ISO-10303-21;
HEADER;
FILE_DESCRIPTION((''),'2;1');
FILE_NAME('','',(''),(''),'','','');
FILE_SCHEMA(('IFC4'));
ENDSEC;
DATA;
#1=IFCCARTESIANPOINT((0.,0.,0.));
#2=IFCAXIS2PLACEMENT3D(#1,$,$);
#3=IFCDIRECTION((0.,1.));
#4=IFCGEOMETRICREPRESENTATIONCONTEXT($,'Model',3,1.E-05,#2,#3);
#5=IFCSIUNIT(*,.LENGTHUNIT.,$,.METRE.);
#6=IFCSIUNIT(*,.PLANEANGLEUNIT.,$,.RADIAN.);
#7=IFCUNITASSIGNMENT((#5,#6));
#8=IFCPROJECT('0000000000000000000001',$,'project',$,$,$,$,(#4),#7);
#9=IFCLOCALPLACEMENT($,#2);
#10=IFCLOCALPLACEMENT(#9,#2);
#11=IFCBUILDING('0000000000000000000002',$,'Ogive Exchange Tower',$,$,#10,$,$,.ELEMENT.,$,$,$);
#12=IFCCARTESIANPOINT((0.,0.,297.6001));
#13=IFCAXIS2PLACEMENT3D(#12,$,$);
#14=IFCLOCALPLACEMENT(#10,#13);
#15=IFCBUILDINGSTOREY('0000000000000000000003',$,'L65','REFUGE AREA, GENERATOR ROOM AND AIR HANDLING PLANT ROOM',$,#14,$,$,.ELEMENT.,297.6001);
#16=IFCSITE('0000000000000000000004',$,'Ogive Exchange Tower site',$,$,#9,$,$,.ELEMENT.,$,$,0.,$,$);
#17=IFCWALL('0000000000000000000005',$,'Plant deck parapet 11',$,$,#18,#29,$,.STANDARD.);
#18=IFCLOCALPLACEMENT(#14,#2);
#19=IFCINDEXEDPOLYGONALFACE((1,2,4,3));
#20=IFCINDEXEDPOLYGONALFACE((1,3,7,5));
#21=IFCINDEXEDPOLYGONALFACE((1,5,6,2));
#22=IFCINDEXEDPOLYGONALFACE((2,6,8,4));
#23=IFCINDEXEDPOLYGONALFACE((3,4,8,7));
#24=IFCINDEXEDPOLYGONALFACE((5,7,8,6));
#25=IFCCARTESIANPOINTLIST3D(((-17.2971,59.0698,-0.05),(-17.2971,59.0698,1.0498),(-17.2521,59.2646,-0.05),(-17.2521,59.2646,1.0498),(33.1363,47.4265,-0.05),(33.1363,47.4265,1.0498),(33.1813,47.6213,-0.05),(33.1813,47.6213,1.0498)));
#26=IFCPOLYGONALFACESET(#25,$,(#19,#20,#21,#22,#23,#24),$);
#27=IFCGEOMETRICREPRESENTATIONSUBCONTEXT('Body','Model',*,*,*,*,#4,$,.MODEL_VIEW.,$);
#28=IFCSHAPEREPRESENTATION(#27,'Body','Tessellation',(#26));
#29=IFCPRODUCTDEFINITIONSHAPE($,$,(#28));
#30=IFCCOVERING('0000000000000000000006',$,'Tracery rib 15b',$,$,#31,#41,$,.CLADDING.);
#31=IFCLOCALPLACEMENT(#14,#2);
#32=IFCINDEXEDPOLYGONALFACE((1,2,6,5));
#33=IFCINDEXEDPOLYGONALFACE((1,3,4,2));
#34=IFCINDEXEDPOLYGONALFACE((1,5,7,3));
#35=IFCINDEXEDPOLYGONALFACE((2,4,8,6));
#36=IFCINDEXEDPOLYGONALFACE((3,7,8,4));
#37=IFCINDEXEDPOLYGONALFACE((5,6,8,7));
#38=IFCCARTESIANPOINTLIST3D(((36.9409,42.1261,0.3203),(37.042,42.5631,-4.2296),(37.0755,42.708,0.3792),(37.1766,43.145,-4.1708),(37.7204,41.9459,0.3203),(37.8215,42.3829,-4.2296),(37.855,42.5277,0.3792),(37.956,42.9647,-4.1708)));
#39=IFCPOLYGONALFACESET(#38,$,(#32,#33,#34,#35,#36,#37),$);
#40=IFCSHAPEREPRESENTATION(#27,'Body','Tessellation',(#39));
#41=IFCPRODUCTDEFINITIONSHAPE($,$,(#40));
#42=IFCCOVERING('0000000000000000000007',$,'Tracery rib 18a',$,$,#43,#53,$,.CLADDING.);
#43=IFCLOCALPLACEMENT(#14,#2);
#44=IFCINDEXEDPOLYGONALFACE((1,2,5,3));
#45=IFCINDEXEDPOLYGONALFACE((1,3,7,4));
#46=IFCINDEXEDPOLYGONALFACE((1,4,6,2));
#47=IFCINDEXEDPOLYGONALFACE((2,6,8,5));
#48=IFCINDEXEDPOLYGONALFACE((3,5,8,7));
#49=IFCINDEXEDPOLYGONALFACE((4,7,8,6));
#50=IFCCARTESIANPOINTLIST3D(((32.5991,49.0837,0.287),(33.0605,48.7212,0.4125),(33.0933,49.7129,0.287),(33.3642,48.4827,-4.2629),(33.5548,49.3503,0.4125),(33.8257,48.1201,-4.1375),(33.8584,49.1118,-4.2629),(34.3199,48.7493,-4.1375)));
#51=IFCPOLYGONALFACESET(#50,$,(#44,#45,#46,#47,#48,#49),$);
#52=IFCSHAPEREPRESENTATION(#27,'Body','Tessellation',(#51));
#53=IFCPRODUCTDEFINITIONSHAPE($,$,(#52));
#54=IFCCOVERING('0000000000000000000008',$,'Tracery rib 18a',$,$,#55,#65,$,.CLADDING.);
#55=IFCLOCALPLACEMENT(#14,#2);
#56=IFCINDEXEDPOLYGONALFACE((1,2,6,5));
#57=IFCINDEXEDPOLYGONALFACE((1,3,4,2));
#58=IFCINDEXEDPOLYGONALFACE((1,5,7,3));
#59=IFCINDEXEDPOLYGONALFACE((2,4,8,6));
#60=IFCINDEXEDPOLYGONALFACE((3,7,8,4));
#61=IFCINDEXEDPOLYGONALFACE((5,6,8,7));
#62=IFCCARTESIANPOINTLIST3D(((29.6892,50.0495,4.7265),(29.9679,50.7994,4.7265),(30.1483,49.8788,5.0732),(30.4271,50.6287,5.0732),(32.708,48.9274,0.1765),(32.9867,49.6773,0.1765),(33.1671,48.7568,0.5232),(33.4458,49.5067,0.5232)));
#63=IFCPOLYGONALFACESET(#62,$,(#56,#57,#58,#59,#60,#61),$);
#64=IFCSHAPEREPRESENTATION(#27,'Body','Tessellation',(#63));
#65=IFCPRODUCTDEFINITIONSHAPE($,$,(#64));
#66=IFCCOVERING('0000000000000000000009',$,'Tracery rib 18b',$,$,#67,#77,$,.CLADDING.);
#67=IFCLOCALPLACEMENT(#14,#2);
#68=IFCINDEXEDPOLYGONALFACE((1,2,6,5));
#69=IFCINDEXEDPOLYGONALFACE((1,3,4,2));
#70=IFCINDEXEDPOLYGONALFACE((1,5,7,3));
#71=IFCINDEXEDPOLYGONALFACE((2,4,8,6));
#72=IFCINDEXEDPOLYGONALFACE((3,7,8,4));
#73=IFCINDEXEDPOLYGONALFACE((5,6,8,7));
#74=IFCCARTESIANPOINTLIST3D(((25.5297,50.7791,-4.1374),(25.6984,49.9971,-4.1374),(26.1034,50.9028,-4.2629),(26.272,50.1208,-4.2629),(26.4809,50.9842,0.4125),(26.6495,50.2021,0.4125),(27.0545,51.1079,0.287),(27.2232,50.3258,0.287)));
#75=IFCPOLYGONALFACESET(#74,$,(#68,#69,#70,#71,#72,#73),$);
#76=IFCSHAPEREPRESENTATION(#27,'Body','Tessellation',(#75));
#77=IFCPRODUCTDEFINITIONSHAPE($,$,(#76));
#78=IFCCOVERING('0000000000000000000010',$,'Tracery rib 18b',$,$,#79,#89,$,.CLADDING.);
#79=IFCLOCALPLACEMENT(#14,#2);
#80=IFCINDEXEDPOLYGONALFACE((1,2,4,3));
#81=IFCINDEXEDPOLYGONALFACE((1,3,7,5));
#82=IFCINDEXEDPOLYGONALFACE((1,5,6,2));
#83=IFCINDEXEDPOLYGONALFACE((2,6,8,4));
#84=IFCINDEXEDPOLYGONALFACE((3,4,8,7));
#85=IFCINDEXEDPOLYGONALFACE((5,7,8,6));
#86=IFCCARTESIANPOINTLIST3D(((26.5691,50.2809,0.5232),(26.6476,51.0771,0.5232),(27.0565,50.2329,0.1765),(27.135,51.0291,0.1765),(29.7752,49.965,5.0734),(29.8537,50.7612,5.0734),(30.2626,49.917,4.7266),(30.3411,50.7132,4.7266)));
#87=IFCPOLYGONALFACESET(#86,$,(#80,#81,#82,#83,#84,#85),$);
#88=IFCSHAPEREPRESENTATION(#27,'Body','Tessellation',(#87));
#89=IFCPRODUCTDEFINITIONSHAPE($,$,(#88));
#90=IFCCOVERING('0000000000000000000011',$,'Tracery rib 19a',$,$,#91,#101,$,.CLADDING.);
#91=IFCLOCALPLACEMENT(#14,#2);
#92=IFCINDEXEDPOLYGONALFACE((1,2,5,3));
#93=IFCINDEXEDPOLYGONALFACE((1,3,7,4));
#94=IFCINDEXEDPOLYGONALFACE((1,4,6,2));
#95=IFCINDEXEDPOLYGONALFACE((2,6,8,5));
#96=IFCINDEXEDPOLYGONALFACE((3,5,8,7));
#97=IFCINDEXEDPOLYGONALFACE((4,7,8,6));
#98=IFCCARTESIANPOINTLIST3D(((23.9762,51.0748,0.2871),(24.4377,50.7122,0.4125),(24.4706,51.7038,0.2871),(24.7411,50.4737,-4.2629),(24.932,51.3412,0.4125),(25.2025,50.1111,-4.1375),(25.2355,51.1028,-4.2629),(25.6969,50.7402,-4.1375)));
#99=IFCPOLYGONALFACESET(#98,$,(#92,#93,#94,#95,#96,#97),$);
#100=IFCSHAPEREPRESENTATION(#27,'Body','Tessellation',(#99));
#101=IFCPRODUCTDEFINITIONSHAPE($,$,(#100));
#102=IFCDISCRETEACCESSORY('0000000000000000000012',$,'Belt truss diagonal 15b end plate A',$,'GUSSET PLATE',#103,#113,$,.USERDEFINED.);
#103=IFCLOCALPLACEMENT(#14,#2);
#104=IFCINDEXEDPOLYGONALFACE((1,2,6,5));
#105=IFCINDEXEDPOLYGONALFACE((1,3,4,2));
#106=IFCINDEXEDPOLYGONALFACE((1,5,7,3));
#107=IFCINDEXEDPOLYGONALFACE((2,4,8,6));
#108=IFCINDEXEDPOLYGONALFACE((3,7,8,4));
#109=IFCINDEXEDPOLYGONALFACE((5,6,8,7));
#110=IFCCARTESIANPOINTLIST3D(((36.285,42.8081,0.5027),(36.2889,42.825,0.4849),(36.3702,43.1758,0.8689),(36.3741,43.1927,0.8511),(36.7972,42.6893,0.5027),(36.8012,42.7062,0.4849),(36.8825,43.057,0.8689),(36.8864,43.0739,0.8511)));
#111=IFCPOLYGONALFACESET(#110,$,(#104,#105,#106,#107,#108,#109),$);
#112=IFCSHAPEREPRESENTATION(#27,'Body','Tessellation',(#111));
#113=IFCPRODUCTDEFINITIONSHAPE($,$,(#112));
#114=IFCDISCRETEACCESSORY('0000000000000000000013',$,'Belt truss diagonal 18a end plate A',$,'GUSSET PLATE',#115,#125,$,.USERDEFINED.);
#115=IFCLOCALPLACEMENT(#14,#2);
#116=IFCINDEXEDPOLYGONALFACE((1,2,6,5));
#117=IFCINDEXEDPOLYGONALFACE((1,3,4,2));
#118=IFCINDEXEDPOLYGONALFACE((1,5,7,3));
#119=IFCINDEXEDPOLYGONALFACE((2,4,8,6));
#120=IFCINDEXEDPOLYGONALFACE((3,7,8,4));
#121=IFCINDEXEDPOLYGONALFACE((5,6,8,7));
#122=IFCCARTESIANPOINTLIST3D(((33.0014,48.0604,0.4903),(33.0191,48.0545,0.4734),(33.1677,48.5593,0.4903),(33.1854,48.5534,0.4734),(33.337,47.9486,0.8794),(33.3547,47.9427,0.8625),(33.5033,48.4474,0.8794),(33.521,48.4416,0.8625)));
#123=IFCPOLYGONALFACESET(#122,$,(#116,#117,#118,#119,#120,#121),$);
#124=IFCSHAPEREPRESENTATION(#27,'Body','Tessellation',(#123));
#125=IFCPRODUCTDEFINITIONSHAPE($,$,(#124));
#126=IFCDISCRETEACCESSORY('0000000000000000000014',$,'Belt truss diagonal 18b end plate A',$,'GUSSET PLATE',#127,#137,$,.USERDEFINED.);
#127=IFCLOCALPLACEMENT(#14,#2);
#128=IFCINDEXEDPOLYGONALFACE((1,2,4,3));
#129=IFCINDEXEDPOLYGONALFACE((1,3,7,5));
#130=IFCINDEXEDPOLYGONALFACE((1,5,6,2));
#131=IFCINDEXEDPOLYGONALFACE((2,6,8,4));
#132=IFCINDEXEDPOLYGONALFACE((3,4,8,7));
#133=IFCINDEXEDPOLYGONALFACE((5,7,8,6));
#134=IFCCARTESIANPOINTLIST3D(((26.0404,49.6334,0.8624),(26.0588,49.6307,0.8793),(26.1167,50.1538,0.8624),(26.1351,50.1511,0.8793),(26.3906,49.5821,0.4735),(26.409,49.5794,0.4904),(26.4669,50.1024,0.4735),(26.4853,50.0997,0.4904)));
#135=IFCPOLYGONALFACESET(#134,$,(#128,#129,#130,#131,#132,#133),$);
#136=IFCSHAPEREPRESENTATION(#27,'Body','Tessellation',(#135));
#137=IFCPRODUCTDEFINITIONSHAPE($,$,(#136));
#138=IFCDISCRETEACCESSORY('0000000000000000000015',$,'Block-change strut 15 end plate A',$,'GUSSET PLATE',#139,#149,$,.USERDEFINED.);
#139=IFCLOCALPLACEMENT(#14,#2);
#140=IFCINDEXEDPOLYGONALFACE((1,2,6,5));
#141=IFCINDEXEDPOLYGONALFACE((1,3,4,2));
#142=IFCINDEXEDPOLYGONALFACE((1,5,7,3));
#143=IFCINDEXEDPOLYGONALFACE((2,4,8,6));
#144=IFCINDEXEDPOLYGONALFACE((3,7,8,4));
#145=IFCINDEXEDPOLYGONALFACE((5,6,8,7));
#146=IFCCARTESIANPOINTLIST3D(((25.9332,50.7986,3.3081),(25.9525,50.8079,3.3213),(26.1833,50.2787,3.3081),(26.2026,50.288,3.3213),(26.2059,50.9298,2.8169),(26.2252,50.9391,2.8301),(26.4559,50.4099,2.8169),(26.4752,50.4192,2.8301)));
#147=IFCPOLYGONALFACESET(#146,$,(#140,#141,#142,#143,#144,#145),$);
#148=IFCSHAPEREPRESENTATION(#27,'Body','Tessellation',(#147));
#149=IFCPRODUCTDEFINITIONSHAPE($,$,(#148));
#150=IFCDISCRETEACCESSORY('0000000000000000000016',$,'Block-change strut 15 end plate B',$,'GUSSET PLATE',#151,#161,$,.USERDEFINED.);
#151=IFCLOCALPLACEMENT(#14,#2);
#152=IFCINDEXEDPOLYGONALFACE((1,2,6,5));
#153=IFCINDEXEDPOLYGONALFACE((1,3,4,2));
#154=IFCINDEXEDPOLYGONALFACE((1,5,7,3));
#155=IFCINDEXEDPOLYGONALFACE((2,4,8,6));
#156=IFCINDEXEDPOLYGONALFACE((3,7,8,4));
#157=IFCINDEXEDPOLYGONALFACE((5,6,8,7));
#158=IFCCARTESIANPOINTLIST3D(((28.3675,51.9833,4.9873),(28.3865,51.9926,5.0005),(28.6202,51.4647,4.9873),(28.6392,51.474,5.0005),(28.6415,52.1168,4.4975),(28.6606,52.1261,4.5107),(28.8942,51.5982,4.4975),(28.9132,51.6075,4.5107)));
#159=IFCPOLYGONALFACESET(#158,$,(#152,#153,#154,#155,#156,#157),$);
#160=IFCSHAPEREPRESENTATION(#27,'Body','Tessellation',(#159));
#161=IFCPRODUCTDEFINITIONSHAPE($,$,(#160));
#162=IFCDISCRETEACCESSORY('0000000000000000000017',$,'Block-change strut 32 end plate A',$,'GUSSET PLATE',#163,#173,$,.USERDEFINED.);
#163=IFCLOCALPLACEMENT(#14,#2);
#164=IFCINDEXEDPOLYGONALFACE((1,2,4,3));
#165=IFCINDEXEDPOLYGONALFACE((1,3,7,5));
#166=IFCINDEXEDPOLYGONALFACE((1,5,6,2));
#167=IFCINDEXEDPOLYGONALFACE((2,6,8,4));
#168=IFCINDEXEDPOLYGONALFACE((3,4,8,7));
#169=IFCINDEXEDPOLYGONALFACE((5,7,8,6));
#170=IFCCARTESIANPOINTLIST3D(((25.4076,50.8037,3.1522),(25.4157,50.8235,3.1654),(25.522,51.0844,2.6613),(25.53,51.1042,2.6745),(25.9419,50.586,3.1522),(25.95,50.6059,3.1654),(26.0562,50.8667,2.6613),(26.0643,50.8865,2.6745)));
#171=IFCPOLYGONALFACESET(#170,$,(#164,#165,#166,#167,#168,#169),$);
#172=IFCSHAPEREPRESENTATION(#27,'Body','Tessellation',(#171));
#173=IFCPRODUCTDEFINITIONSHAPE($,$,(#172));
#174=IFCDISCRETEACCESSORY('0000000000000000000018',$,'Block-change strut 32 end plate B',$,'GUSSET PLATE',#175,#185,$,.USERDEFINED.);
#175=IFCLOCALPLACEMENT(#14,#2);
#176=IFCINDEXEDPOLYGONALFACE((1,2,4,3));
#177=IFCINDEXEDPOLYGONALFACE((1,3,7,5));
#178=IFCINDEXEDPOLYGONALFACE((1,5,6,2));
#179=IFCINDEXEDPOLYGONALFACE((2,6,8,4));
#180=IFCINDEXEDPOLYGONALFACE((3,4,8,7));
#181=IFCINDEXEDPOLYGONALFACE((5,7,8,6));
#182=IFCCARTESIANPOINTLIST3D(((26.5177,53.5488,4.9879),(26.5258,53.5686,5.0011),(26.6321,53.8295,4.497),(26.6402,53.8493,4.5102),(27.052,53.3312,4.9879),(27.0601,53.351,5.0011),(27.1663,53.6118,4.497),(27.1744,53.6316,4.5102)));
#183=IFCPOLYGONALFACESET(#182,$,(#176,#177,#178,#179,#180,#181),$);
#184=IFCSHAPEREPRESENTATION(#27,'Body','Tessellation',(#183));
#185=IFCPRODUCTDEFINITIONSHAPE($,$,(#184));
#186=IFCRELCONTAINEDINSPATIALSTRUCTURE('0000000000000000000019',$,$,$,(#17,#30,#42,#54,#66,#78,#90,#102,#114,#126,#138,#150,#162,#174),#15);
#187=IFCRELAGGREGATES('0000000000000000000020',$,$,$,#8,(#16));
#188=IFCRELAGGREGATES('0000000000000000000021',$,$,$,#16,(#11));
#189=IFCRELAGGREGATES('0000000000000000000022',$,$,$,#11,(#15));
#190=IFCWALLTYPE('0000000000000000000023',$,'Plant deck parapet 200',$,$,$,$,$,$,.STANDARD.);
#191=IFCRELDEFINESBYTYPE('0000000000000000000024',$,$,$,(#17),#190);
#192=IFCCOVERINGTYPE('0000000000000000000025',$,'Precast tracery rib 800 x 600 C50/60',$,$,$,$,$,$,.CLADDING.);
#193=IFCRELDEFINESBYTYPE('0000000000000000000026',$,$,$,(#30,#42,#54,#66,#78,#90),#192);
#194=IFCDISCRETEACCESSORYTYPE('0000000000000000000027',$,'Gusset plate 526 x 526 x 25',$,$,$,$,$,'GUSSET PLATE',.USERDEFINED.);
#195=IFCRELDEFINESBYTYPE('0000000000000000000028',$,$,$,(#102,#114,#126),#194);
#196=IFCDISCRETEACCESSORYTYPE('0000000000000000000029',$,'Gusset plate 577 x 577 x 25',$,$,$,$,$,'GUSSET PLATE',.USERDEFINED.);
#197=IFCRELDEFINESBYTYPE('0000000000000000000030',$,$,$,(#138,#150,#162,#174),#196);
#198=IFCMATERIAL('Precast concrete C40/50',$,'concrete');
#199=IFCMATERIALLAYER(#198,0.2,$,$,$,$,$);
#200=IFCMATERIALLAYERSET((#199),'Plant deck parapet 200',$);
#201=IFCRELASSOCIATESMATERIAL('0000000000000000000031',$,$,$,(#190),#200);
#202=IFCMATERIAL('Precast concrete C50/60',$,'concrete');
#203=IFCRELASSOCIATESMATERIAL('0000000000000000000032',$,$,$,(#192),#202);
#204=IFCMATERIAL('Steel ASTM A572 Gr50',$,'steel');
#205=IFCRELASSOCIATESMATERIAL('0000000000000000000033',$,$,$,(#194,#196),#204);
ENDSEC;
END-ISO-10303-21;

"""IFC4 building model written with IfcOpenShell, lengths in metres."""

from ifc_helpers import new_model, si_unit, direction, frame, frame_2d, origin, origin_2d, place, context, subcontext, project, spatial, rectangle, extrude, material, layer, layer_set, material_profile, profile_set, type_object, element, save


model = new_model("IFC4")

# Units and contexts
model_context = context("Model", 3, precision=1e-05, world=origin(), true_north=direction((0.0, 1.0)))
body_context = subcontext(model_context, "Body", "Model", "MODEL_VIEW")
ifc_project = project(units=[si_unit("LENGTHUNIT", "METRE"), si_unit("PLANEANGLEUNIT", "RADIAN")], contexts=[model_context])

# Site, building, storey
site_placement = place(None, origin())
site = spatial("IfcSite", under=ifc_project, at=site_placement, Name="Ogive Exchange Tower site", CompositionType="ELEMENT", RefElevation=0.0)
building_placement = place(site_placement, origin())
building = spatial("IfcBuilding", under=site, at=building_placement, Name="Ogive Exchange Tower", CompositionType="ELEMENT")
storey_placement = place(building_placement, frame((0.0, 0.0, 297.6001)))
storey = spatial("IfcBuildingStorey", under=building, at=storey_placement, Name="L65", Description="REFUGE AREA, GENERATOR ROOM AND AIR HANDLING PLANT ROOM", CompositionType="ELEMENT", Elevation=297.6001)

# Wall
ifc_material_1 = material(Name="Precast concrete C40/50", Category="concrete")
ifc_layer = layer(ifc_material_1, 0.2)
ifc_layer_set = layer_set([ifc_layer], Name="Plant deck parapet 200")
wall_type = type_object("IfcWallType", Name="Plant deck parapet 200", PredefinedType="STANDARD", material=ifc_layer_set)
wall_1_placement = place(storey_placement, frame((33.1587, 47.5239, -0.05), z_axis=(0.0, 0.0, 1.0), x_axis=(-0.974371, 0.224948, 0.0)))
element("IfcWall", 1, at=wall_1_placement, inside=storey, type_object=wall_type, Name="Plant deck parapet 11", PredefinedType="STANDARD", context=body_context, shape_type="SweptSolid", body=[
    extrude(rectangle(XDim=51.76, YDim=0.2, at=frame_2d((25.8799, 0.0))), origin(), (0.0, 0.0, 1.0), 1.0999),
])

# Coverings
ifc_material_2 = material(Name="Precast concrete C50/60", Category="concrete")
ifc_material_profile_1 = material_profile(ifc_material_2, rectangle(XDim=0.8, YDim=0.6001, at=origin_2d()), Name="RIB 800 x 600")
ifc_profile_set_1 = profile_set([ifc_material_profile_1], Name="Precast concrete C50/60")
covering_type = type_object("IfcCoveringType", Name="Precast tracery rib 800 x 600 C50/60", PredefinedType="CLADDING", material=ifc_profile_set_1)
covering_1_placement = place(storey_placement, frame((37.499, 42.7639, -4.2002), z_axis=(-0.022107, -0.095582, 0.995176), x_axis=(0.974281, -0.225336, 0.0)))
element("IfcCovering", 2, at=covering_1_placement, inside=storey, type_object=covering_type, Name="Tracery rib 15b", PredefinedType="CLADDING", context=body_context, shape_type="SweptSolid", body=[
    extrude(rectangle(XDim=0.8, YDim=0.6001, at=origin_2d()), origin(), (0.0, 0.0, 1.0), 4.572),
])
covering_2_placement = place(storey_placement, frame((33.842, 48.616, -4.2002), z_axis=(-0.164442, 0.129182, 0.977891), x_axis=(-0.617755, -0.786371, 0.0)))
element("IfcCovering", 3, at=covering_2_placement, inside=storey, type_object=covering_type, Name="Tracery rib 18a", PredefinedType="CLADDING", context=body_context, shape_type="SweptSolid", body=[
    extrude(rectangle(XDim=0.8, YDim=0.6001, at=origin_2d()), origin(), (0.0, 0.0, 1.0), 4.6528),
])
covering_3_placement = place(storey_placement, frame((33.0769, 49.217, 0.3499), z_axis=(-0.541536, 0.201286, 0.816224), x_axis=(-0.348405, -0.937344, 0.0)))
element("IfcCovering", 4, at=covering_3_placement, inside=storey, type_object=covering_type, Name="Tracery rib 18a", PredefinedType="CLADDING", context=body_context, shape_type="SweptSolid", body=[
    extrude(rectangle(XDim=0.8, YDim=0.6001, at=origin_2d()), origin(), (0.0, 0.0, 1.0), 5.5745),
])
covering_4_placement = place(storey_placement, frame((25.9009, 50.45, -4.2002), z_axis=(0.204424, 0.044075, 0.97789), x_axis=(-0.210763, 0.977537, 0.0)))
element("IfcCovering", 5, at=covering_4_placement, inside=storey, type_object=covering_type, Name="Tracery rib 18b", PredefinedType="CLADDING", context=body_context, shape_type="SweptSolid", body=[
    extrude(rectangle(XDim=0.8, YDim=0.6001, at=origin_2d()), origin(), (0.0, 0.0, 1.0), 4.6528),
])
covering_5_placement = place(storey_placement, frame((26.8521, 50.655, 0.3499), z_axis=(0.575069, -0.056666, 0.81614), x_axis=(0.098063, 0.99518, 0.0)))
element("IfcCovering", 6, at=covering_5_placement, inside=storey, type_object=covering_type, Name="Tracery rib 18b", PredefinedType="CLADDING", context=body_context, shape_type="SweptSolid", body=[
    extrude(rectangle(XDim=0.8, YDim=0.6001, at=origin_2d()), origin(), (0.0, 0.0, 1.0), 5.5752),
])
covering_6_placement = place(storey_placement, frame((25.219, 50.6069, -4.2002), z_axis=(-0.164391, 0.129183, 0.977899), x_axis=(-0.617877, -0.786275, 0.0)))
element("IfcCovering", 7, at=covering_6_placement, inside=storey, type_object=covering_type, Name="Tracery rib 19a", PredefinedType="CLADDING", context=body_context, shape_type="SweptSolid", body=[
    extrude(rectangle(XDim=0.8, YDim=0.6001, at=origin_2d()), origin(), (0.0, 0.0, 1.0), 4.6528),
])

# Discrete accessories
ifc_material_3 = material(Name="Steel ASTM A572 Gr50", Category="steel")
ifc_material_profile_2 = material_profile(ifc_material_3, rectangle(XDim=0.5259, YDim=0.5259, at=origin_2d()), Name="PL 526 x 526 x 25")
ifc_profile_set_2 = profile_set([ifc_material_profile_2], Name="Steel ASTM A572 Gr50")
discrete_accessory_type_1 = type_object("IfcDiscreteAccessoryType", Name="Gusset plate 526 x 526 x 25", ElementType="GUSSET PLATE", PredefinedType="USERDEFINED", material=ifc_profile_set_2)
discrete_accessory_1_placement = place(storey_placement, frame((36.5876, 42.9495, 0.668), z_axis=(-0.157302, -0.678364, 0.71769), x_axis=(0.974153, -0.22589, 0.0)))
element("IfcDiscreteAccessory", 8, at=discrete_accessory_1_placement, inside=storey, type_object=discrete_accessory_type_1, Name="Belt truss diagonal 15b end plate A", ObjectType="GUSSET PLATE", PredefinedType="USERDEFINED", context=body_context, shape_type="SweptSolid", body=[
    extrude(rectangle(XDim=0.5259, YDim=0.5259, at=origin_2d()), origin(), (0.0, 0.0, 1.0), 0.0249),
])
for number, where, z_axis, x_axis, name in (
    (9, (33.27, 48.248, 0.668), (-0.701946, 0.233982, 0.672699), (-0.316228, -0.948683, 0.0), "Belt truss diagonal 18a end plate A"),
    (10, (26.2537, 49.8679, 0.668), (0.731681, -0.107313, 0.673147), (0.145114, 0.989415, 0.0), "Belt truss diagonal 18b end plate A"),
):
    element("IfcDiscreteAccessory", number, at=place(storey_placement, frame(where, z_axis=z_axis, x_axis=x_axis)), inside=storey, type_object=discrete_accessory_type_1, Name=name, ObjectType="GUSSET PLATE", PredefinedType="USERDEFINED", context=body_context, shape_type="SweptSolid", body=[
        extrude(rectangle(XDim=0.5259, YDim=0.5259, at=origin_2d()), origin(), (0.0, 0.0, 1.0), 0.0251),
    ])
ifc_material_profile_3 = material_profile(ifc_material_3, rectangle(XDim=0.5769, YDim=0.5769, at=origin_2d()), Name="PL 577 x 577 x 25")
ifc_profile_set_3 = profile_set([ifc_material_profile_3], Name="Steel ASTM A572 Gr50")
discrete_accessory_type_2 = type_object("IfcDiscreteAccessoryType", Name="Gusset plate 577 x 577 x 25", ElementType="GUSSET PLATE", PredefinedType="USERDEFINED", material=ifc_profile_set_3)
discrete_accessory_2_placement = place(storey_placement, frame((26.1946, 50.6042, 3.0625), z_axis=(0.76728, 0.369071, 0.52447), x_axis=(-0.433473, 0.901167, 0.0)))
element("IfcDiscreteAccessory", 11, at=discrete_accessory_2_placement, inside=storey, type_object=discrete_accessory_type_2, Name="Block-change strut 15 end plate A", ObjectType="GUSSET PLATE", PredefinedType="USERDEFINED", context=body_context, shape_type="SweptSolid", body=[
    extrude(rectangle(XDim=0.5769, YDim=0.5769, at=origin_2d()), origin(), (0.0, 0.0, 1.0), 0.0251),
])
discrete_accessory_3_placement = place(storey_placement, frame((28.6309, 51.7908, 4.7424), z_axis=(0.76324, 0.371835, 0.528397), x_axis=(-0.437969, 0.89899, 0.0)))
element("IfcDiscreteAccessory", 12, at=discrete_accessory_3_placement, inside=storey, type_object=discrete_accessory_type_2, Name="Block-change strut 15 end plate B", ObjectType="GUSSET PLATE", PredefinedType="USERDEFINED", context=body_context, shape_type="SweptSolid", body=[
    extrude(rectangle(XDim=0.5769, YDim=0.5769, at=origin_2d()), origin(), (0.0, 0.0, 1.0), 0.0249),
])
for number, where, z_axis, x_axis, name in (
    (13, (25.7319, 50.8352, 2.9067), (0.32104, 0.788006, 0.525338), (-0.926092, 0.377297, 0.0), "Block-change strut 32 end plate A"),
    (14, (26.842, 53.5803, 4.7424), (0.32104, 0.788006, 0.525338), (-0.926092, 0.377297, 0.0), "Block-change strut 32 end plate B"),
):
    element("IfcDiscreteAccessory", number, at=place(storey_placement, frame(where, z_axis=z_axis, x_axis=x_axis)), inside=storey, type_object=discrete_accessory_type_2, Name=name, ObjectType="GUSSET PLATE", PredefinedType="USERDEFINED", context=body_context, shape_type="SweptSolid", body=[
        extrude(rectangle(XDim=0.5769, YDim=0.5769, at=origin_2d()), origin(), (0.0, 0.0, 1.0), 0.0251),
    ])

save(model, "model.ifc")
